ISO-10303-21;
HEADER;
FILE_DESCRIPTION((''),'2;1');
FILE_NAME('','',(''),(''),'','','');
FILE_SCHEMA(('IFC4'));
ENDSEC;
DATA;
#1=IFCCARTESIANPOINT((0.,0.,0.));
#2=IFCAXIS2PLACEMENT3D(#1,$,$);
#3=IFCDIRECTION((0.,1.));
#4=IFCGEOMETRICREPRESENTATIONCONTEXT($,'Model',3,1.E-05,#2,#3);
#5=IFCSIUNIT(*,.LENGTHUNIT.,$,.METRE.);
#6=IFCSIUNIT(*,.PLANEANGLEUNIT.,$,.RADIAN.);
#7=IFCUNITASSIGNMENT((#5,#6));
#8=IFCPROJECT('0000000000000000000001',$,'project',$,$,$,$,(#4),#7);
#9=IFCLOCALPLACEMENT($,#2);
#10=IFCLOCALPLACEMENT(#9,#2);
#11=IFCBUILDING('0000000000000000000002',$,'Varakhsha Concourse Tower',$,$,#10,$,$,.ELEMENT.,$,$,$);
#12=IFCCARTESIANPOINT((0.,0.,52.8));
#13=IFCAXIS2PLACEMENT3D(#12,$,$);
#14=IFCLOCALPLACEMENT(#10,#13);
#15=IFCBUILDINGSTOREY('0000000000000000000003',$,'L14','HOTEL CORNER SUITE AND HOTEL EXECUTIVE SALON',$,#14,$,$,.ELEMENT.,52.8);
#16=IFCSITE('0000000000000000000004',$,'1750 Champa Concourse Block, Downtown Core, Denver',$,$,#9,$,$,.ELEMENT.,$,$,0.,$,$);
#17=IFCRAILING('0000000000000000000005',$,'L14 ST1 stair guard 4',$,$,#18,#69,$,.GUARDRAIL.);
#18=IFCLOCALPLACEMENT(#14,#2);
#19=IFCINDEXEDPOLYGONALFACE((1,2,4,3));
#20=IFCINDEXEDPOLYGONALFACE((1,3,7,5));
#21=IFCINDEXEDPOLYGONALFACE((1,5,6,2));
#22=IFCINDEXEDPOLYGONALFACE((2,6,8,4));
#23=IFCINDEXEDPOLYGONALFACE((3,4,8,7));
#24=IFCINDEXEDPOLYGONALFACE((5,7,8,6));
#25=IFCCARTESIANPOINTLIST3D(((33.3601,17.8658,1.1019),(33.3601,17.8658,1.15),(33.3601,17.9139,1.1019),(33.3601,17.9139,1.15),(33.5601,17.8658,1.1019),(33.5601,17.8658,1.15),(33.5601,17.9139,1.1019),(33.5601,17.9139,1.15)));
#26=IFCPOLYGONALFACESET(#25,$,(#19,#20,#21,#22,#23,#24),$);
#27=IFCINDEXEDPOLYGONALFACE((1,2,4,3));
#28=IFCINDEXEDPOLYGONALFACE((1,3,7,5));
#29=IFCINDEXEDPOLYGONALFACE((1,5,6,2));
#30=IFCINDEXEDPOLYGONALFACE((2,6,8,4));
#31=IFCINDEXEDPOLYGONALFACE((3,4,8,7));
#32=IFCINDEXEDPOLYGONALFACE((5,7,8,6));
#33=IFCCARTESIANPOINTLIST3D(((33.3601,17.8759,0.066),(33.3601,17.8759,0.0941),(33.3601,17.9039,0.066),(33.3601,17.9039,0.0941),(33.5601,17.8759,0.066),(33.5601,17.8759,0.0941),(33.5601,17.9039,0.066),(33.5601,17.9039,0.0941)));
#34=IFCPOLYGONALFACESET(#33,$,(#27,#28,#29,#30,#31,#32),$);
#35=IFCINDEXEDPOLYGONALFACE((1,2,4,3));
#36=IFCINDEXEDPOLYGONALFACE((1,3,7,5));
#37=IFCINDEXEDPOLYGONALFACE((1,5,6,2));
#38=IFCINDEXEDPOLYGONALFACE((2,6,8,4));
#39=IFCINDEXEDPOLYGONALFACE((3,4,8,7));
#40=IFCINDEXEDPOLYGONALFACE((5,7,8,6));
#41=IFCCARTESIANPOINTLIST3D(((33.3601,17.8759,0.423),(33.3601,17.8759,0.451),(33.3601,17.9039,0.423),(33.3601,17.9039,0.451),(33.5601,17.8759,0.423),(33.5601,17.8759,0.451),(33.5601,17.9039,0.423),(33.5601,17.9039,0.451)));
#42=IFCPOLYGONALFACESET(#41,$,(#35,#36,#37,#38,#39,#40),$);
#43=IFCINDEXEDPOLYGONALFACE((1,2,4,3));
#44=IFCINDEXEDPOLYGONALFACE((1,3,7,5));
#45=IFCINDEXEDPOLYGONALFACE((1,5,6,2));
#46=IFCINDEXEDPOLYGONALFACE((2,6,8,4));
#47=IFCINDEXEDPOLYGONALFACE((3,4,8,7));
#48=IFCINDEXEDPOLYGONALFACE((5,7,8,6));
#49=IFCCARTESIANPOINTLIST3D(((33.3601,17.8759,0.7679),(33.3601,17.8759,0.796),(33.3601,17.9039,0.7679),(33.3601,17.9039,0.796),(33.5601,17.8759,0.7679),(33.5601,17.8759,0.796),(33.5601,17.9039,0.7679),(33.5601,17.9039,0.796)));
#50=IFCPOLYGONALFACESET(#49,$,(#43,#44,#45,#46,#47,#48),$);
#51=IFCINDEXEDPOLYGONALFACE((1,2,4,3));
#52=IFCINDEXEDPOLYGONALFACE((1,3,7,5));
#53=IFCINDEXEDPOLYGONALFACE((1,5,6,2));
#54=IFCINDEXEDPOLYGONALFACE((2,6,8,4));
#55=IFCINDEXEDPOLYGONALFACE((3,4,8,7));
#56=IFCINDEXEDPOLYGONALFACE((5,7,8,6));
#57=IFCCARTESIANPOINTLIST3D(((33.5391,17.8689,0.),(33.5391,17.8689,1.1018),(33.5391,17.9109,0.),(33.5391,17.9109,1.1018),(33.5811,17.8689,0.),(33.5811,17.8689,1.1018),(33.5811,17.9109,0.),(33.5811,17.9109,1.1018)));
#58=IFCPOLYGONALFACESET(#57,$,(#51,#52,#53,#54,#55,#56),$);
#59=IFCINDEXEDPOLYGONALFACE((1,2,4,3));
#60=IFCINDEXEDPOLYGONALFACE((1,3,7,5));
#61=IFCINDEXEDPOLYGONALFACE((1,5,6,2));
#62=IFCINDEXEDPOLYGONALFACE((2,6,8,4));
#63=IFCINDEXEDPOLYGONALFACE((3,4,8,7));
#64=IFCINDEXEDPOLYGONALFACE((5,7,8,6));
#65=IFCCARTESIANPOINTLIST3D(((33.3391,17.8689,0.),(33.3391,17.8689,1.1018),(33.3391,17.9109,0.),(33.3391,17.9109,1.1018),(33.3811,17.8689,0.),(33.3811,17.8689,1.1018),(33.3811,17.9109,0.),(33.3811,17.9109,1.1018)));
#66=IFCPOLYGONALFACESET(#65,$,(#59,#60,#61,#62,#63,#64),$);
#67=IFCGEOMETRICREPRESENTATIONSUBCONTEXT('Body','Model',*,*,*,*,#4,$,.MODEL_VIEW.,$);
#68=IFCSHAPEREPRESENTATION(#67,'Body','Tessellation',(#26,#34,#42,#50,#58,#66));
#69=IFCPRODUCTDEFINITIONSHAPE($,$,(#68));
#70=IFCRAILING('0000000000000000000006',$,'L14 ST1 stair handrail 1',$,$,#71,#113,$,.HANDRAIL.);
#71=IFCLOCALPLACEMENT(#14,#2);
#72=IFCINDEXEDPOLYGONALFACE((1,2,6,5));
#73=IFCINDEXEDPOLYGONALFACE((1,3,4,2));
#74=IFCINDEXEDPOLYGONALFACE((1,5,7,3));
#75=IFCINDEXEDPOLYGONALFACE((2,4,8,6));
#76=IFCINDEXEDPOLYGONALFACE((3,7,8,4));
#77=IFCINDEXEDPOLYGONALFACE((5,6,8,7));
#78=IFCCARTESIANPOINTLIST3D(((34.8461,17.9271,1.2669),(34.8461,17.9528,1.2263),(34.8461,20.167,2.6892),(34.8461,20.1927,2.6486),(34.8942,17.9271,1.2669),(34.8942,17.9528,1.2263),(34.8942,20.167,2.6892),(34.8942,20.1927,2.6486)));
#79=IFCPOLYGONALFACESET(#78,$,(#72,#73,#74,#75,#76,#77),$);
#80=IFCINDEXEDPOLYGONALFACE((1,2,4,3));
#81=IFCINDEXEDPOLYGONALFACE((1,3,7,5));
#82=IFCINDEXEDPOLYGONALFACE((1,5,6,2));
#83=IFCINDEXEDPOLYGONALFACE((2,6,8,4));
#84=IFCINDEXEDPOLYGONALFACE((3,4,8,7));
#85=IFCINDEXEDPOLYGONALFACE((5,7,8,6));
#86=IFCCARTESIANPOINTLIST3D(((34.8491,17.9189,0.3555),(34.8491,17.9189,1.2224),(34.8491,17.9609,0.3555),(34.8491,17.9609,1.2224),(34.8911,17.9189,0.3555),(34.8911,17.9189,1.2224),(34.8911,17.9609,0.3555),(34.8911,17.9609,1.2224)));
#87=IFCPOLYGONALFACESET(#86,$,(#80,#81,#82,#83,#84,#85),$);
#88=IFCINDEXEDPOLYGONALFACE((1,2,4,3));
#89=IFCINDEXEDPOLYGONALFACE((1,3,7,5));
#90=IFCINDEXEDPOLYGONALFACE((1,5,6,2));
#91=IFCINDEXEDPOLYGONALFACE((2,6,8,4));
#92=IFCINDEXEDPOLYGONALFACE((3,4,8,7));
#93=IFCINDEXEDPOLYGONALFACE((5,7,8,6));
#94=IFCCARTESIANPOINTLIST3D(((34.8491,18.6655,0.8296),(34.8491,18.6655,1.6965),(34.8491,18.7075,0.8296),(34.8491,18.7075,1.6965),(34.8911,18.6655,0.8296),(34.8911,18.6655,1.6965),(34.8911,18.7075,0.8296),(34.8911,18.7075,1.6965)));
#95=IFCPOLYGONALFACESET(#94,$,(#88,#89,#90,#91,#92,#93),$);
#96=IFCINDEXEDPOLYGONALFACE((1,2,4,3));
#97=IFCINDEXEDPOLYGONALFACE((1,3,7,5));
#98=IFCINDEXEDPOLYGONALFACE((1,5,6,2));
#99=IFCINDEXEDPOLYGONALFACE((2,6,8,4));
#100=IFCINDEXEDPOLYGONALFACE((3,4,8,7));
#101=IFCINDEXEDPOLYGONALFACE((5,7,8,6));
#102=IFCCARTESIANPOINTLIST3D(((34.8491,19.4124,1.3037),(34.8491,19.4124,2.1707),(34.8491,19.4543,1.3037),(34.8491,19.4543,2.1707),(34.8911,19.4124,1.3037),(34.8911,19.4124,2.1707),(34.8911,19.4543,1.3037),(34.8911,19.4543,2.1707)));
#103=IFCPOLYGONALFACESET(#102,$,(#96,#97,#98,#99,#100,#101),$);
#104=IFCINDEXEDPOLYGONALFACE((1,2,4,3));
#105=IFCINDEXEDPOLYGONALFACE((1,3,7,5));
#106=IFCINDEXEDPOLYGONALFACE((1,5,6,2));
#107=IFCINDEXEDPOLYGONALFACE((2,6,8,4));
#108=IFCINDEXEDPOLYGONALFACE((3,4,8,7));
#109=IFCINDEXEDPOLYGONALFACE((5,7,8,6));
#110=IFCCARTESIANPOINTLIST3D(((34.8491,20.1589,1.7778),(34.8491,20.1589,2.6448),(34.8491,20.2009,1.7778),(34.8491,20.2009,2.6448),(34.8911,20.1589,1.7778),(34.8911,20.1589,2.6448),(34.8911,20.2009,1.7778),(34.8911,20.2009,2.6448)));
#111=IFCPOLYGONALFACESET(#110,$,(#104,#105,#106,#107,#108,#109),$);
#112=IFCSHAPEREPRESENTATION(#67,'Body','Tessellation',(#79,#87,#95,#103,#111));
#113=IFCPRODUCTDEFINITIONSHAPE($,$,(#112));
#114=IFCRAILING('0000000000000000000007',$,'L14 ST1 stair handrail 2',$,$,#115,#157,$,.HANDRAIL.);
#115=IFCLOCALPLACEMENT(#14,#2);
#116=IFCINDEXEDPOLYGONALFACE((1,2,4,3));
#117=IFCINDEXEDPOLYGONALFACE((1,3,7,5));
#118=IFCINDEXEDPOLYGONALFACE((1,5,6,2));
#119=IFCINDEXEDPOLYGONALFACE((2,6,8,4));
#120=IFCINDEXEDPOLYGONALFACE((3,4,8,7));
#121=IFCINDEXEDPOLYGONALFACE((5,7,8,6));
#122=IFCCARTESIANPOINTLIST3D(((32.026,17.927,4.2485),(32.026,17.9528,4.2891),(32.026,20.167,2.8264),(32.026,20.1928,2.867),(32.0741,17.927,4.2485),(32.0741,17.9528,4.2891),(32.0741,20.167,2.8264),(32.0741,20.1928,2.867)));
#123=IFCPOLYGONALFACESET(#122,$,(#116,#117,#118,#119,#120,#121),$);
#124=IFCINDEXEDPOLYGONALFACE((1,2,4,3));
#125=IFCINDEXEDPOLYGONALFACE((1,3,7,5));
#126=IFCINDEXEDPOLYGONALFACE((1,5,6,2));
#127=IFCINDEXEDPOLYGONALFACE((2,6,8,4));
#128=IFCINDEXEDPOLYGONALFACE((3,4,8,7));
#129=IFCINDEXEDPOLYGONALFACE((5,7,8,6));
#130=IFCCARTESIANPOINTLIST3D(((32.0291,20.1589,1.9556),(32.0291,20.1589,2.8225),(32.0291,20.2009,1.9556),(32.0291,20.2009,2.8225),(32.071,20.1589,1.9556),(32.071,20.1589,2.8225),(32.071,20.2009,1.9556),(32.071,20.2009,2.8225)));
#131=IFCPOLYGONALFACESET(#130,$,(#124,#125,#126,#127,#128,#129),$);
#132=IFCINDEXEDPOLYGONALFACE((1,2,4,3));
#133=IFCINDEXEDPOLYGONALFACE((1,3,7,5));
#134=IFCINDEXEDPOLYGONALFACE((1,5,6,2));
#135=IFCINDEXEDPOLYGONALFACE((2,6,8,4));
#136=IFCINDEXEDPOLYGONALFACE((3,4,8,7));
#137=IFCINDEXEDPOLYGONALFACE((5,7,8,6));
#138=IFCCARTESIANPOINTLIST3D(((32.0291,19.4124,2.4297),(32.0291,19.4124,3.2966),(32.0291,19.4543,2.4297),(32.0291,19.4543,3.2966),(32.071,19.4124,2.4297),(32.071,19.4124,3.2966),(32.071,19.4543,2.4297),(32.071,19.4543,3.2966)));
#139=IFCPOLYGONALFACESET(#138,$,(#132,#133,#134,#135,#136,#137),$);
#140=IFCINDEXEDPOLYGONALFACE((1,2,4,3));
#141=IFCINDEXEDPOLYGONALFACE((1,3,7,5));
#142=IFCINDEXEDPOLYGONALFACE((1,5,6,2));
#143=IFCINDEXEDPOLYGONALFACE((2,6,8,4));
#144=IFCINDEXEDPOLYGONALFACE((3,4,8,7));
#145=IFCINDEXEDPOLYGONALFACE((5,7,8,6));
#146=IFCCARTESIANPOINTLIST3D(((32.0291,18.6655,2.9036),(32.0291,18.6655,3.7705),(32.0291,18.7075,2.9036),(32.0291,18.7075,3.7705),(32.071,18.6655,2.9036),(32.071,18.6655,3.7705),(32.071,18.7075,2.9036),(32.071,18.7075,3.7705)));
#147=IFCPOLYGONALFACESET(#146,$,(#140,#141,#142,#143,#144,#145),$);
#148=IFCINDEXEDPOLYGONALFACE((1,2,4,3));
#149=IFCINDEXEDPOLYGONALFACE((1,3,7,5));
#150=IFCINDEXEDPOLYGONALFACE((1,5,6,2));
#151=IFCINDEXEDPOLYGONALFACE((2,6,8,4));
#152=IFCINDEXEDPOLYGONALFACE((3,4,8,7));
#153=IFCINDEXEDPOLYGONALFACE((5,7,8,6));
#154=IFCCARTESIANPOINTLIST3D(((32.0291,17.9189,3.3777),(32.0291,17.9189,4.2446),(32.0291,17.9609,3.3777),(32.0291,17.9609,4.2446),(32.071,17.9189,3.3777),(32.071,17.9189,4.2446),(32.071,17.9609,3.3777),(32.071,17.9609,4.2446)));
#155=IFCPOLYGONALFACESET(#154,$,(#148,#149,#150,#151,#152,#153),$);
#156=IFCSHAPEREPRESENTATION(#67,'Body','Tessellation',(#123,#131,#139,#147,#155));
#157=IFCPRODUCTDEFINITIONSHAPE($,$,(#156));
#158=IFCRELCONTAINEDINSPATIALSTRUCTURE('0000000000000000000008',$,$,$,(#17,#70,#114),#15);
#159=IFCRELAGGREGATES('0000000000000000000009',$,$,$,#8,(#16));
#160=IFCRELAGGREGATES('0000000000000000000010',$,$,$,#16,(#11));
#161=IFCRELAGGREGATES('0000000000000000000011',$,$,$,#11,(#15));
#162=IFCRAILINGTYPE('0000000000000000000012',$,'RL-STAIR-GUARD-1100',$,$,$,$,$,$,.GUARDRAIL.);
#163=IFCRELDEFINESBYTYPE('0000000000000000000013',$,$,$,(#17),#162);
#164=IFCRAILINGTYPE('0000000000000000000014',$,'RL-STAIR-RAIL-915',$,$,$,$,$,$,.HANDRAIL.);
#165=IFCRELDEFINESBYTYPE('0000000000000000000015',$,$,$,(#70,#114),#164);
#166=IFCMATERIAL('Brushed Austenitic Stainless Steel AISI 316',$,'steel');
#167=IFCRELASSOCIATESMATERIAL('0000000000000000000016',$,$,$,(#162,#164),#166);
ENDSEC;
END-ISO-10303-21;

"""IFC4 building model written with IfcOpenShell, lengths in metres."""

from ifc_helpers import new_model, si_unit, direction, frame, origin, origin_2d, place, context, subcontext, project, spatial, rectangle, extrude, material, type_object, element, save


model = new_model("IFC4")

# Units and contexts
model_context = context("Model", 3, precision=1e-05, world=origin(), true_north=direction((0.0, 1.0)))
body_context = subcontext(model_context, "Body", "Model", "MODEL_VIEW")
ifc_project = project(units=[si_unit("LENGTHUNIT", "METRE"), si_unit("PLANEANGLEUNIT", "RADIAN")], contexts=[model_context])

# Site, building, storey
site_placement = place(None, origin())
site = spatial("IfcSite", under=ifc_project, at=site_placement, Name="1750 Champa Concourse Block, Downtown Core, Denver", CompositionType="ELEMENT", RefElevation=0.0)
building_placement = place(site_placement, origin())
building = spatial("IfcBuilding", under=site, at=building_placement, Name="Varakhsha Concourse Tower", CompositionType="ELEMENT")
storey_placement = place(building_placement, frame((0.0, 0.0, 52.8)))
storey = spatial("IfcBuildingStorey", under=building, at=storey_placement, Name="L14", Description="HOTEL CORNER SUITE AND HOTEL EXECUTIVE SALON", CompositionType="ELEMENT", Elevation=52.8)

# Shared definitions
ifc_material_1 = material(Name="Brushed Austenitic Stainless Steel AISI 316", Category="steel")

# Railings
railing_type_1 = type_object("IfcRailingType", Name="RL-STAIR-GUARD-1100", PredefinedType="GUARDRAIL", material=ifc_material_1)
railing_1_placement = place(storey_placement, frame((33.5601, 17.8899, 0.0)))
element("IfcRailing", 1, at=railing_1_placement, inside=storey, type_object=railing_type_1, Name="L14 ST1 stair guard 4", PredefinedType="GUARDRAIL", context=body_context, shape_type="SweptSolid", body=[
    extrude(rectangle(XDim=0.0481, YDim=0.0481, at=origin_2d()), frame((0.0, 0.0, 1.126), z_axis=(-1.0, 0.0, 0.0), x_axis=(0.0, -1.0, 0.0)), (0.0, 0.0, 1.0), 0.2),
    extrude(rectangle(XDim=0.0281, YDim=0.0281, at=origin_2d()), frame((0.0, 0.0, 0.0801), z_axis=(-1.0, 0.0, 0.0), x_axis=(0.0, -1.0, 0.0)), (0.0, 0.0, 1.0), 0.2),
    extrude(rectangle(XDim=0.0281, YDim=0.0281, at=origin_2d()), frame((0.0, 0.0, 0.437), z_axis=(-1.0, 0.0, 0.0), x_axis=(0.0, -1.0, 0.0)), (0.0, 0.0, 1.0), 0.2),
    extrude(rectangle(XDim=0.0281, YDim=0.0281, at=origin_2d()), frame((0.0, 0.0, 0.782), z_axis=(-1.0, 0.0, 0.0), x_axis=(0.0, -1.0, 0.0)), (0.0, 0.0, 1.0), 0.2),
    extrude(rectangle(XDim=0.042, YDim=0.042, at=origin_2d()), origin(), (0.0, 0.0, 1.0), 1.1018),
    extrude(rectangle(XDim=0.042, YDim=0.042, at=origin_2d()), frame((-0.2, 0.0, 0.0)), (0.0, 0.0, 1.0), 1.1018),
])
railing_type_2 = type_object("IfcRailingType", Name="RL-STAIR-RAIL-915", PredefinedType="HANDRAIL", material=ifc_material_1)
railing_2_placement = place(storey_placement, frame((34.8701, 17.9399, 0.3555)))
element("IfcRailing", 2, at=railing_2_placement, inside=storey, type_object=railing_type_2, Name="L14 ST1 stair handrail 1", PredefinedType="HANDRAIL", context=body_context, shape_type="SweptSolid", body=[
    extrude(rectangle(XDim=0.0481, YDim=0.0481, at=origin_2d()), frame((0.0, 0.0, 0.8911), z_axis=(0.0, 0.844188, 0.536048), x_axis=(-1.0, 0.0, 0.0)), (0.0, 0.0, 1.0), 2.6533),
    extrude(rectangle(XDim=0.042, YDim=0.042, at=origin_2d()), origin(), (0.0, 0.0, 1.0), 0.8669),
    extrude(rectangle(XDim=0.042, YDim=0.042, at=origin_2d()), frame((0.0, 0.7466, 0.4741)), (0.0, 0.0, 1.0), 0.8669),
    extrude(rectangle(XDim=0.042, YDim=0.042, at=origin_2d()), frame((0.0, 1.4934, 0.9482)), (0.0, 0.0, 1.0), 0.8669),
    extrude(rectangle(XDim=0.042, YDim=0.042, at=origin_2d()), frame((0.0, 2.24, 1.4224)), (0.0, 0.0, 1.0), 0.8669),
])
railing_3_placement = place(storey_placement, frame((32.05, 20.1799, 1.9556)))
element("IfcRailing", 3, at=railing_3_placement, inside=storey, type_object=railing_type_2, Name="L14 ST1 stair handrail 2", PredefinedType="HANDRAIL", context=body_context, shape_type="SweptSolid", body=[
    extrude(rectangle(XDim=0.0481, YDim=0.0481, at=origin_2d()), frame((0.0, 0.0, 0.8911), z_axis=(0.0, -0.844229, 0.535982), x_axis=(1.0, 0.0, 0.0)), (0.0, 0.0, 1.0), 2.6533),
    extrude(rectangle(XDim=0.042, YDim=0.042, at=origin_2d()), origin(), (0.0, 0.0, 1.0), 0.8669),
    extrude(rectangle(XDim=0.042, YDim=0.042, at=origin_2d()), frame((0.0, -0.7466, 0.4741)), (0.0, 0.0, 1.0), 0.8669),
    extrude(rectangle(XDim=0.042, YDim=0.042, at=origin_2d()), frame((0.0, -1.4934, 0.948)), (0.0, 0.0, 1.0), 0.8669),
    extrude(rectangle(XDim=0.042, YDim=0.042, at=origin_2d()), frame((0.0, -2.24, 1.4221)), (0.0, 0.0, 1.0), 0.8669),
])

save(model, "model.ifc")
